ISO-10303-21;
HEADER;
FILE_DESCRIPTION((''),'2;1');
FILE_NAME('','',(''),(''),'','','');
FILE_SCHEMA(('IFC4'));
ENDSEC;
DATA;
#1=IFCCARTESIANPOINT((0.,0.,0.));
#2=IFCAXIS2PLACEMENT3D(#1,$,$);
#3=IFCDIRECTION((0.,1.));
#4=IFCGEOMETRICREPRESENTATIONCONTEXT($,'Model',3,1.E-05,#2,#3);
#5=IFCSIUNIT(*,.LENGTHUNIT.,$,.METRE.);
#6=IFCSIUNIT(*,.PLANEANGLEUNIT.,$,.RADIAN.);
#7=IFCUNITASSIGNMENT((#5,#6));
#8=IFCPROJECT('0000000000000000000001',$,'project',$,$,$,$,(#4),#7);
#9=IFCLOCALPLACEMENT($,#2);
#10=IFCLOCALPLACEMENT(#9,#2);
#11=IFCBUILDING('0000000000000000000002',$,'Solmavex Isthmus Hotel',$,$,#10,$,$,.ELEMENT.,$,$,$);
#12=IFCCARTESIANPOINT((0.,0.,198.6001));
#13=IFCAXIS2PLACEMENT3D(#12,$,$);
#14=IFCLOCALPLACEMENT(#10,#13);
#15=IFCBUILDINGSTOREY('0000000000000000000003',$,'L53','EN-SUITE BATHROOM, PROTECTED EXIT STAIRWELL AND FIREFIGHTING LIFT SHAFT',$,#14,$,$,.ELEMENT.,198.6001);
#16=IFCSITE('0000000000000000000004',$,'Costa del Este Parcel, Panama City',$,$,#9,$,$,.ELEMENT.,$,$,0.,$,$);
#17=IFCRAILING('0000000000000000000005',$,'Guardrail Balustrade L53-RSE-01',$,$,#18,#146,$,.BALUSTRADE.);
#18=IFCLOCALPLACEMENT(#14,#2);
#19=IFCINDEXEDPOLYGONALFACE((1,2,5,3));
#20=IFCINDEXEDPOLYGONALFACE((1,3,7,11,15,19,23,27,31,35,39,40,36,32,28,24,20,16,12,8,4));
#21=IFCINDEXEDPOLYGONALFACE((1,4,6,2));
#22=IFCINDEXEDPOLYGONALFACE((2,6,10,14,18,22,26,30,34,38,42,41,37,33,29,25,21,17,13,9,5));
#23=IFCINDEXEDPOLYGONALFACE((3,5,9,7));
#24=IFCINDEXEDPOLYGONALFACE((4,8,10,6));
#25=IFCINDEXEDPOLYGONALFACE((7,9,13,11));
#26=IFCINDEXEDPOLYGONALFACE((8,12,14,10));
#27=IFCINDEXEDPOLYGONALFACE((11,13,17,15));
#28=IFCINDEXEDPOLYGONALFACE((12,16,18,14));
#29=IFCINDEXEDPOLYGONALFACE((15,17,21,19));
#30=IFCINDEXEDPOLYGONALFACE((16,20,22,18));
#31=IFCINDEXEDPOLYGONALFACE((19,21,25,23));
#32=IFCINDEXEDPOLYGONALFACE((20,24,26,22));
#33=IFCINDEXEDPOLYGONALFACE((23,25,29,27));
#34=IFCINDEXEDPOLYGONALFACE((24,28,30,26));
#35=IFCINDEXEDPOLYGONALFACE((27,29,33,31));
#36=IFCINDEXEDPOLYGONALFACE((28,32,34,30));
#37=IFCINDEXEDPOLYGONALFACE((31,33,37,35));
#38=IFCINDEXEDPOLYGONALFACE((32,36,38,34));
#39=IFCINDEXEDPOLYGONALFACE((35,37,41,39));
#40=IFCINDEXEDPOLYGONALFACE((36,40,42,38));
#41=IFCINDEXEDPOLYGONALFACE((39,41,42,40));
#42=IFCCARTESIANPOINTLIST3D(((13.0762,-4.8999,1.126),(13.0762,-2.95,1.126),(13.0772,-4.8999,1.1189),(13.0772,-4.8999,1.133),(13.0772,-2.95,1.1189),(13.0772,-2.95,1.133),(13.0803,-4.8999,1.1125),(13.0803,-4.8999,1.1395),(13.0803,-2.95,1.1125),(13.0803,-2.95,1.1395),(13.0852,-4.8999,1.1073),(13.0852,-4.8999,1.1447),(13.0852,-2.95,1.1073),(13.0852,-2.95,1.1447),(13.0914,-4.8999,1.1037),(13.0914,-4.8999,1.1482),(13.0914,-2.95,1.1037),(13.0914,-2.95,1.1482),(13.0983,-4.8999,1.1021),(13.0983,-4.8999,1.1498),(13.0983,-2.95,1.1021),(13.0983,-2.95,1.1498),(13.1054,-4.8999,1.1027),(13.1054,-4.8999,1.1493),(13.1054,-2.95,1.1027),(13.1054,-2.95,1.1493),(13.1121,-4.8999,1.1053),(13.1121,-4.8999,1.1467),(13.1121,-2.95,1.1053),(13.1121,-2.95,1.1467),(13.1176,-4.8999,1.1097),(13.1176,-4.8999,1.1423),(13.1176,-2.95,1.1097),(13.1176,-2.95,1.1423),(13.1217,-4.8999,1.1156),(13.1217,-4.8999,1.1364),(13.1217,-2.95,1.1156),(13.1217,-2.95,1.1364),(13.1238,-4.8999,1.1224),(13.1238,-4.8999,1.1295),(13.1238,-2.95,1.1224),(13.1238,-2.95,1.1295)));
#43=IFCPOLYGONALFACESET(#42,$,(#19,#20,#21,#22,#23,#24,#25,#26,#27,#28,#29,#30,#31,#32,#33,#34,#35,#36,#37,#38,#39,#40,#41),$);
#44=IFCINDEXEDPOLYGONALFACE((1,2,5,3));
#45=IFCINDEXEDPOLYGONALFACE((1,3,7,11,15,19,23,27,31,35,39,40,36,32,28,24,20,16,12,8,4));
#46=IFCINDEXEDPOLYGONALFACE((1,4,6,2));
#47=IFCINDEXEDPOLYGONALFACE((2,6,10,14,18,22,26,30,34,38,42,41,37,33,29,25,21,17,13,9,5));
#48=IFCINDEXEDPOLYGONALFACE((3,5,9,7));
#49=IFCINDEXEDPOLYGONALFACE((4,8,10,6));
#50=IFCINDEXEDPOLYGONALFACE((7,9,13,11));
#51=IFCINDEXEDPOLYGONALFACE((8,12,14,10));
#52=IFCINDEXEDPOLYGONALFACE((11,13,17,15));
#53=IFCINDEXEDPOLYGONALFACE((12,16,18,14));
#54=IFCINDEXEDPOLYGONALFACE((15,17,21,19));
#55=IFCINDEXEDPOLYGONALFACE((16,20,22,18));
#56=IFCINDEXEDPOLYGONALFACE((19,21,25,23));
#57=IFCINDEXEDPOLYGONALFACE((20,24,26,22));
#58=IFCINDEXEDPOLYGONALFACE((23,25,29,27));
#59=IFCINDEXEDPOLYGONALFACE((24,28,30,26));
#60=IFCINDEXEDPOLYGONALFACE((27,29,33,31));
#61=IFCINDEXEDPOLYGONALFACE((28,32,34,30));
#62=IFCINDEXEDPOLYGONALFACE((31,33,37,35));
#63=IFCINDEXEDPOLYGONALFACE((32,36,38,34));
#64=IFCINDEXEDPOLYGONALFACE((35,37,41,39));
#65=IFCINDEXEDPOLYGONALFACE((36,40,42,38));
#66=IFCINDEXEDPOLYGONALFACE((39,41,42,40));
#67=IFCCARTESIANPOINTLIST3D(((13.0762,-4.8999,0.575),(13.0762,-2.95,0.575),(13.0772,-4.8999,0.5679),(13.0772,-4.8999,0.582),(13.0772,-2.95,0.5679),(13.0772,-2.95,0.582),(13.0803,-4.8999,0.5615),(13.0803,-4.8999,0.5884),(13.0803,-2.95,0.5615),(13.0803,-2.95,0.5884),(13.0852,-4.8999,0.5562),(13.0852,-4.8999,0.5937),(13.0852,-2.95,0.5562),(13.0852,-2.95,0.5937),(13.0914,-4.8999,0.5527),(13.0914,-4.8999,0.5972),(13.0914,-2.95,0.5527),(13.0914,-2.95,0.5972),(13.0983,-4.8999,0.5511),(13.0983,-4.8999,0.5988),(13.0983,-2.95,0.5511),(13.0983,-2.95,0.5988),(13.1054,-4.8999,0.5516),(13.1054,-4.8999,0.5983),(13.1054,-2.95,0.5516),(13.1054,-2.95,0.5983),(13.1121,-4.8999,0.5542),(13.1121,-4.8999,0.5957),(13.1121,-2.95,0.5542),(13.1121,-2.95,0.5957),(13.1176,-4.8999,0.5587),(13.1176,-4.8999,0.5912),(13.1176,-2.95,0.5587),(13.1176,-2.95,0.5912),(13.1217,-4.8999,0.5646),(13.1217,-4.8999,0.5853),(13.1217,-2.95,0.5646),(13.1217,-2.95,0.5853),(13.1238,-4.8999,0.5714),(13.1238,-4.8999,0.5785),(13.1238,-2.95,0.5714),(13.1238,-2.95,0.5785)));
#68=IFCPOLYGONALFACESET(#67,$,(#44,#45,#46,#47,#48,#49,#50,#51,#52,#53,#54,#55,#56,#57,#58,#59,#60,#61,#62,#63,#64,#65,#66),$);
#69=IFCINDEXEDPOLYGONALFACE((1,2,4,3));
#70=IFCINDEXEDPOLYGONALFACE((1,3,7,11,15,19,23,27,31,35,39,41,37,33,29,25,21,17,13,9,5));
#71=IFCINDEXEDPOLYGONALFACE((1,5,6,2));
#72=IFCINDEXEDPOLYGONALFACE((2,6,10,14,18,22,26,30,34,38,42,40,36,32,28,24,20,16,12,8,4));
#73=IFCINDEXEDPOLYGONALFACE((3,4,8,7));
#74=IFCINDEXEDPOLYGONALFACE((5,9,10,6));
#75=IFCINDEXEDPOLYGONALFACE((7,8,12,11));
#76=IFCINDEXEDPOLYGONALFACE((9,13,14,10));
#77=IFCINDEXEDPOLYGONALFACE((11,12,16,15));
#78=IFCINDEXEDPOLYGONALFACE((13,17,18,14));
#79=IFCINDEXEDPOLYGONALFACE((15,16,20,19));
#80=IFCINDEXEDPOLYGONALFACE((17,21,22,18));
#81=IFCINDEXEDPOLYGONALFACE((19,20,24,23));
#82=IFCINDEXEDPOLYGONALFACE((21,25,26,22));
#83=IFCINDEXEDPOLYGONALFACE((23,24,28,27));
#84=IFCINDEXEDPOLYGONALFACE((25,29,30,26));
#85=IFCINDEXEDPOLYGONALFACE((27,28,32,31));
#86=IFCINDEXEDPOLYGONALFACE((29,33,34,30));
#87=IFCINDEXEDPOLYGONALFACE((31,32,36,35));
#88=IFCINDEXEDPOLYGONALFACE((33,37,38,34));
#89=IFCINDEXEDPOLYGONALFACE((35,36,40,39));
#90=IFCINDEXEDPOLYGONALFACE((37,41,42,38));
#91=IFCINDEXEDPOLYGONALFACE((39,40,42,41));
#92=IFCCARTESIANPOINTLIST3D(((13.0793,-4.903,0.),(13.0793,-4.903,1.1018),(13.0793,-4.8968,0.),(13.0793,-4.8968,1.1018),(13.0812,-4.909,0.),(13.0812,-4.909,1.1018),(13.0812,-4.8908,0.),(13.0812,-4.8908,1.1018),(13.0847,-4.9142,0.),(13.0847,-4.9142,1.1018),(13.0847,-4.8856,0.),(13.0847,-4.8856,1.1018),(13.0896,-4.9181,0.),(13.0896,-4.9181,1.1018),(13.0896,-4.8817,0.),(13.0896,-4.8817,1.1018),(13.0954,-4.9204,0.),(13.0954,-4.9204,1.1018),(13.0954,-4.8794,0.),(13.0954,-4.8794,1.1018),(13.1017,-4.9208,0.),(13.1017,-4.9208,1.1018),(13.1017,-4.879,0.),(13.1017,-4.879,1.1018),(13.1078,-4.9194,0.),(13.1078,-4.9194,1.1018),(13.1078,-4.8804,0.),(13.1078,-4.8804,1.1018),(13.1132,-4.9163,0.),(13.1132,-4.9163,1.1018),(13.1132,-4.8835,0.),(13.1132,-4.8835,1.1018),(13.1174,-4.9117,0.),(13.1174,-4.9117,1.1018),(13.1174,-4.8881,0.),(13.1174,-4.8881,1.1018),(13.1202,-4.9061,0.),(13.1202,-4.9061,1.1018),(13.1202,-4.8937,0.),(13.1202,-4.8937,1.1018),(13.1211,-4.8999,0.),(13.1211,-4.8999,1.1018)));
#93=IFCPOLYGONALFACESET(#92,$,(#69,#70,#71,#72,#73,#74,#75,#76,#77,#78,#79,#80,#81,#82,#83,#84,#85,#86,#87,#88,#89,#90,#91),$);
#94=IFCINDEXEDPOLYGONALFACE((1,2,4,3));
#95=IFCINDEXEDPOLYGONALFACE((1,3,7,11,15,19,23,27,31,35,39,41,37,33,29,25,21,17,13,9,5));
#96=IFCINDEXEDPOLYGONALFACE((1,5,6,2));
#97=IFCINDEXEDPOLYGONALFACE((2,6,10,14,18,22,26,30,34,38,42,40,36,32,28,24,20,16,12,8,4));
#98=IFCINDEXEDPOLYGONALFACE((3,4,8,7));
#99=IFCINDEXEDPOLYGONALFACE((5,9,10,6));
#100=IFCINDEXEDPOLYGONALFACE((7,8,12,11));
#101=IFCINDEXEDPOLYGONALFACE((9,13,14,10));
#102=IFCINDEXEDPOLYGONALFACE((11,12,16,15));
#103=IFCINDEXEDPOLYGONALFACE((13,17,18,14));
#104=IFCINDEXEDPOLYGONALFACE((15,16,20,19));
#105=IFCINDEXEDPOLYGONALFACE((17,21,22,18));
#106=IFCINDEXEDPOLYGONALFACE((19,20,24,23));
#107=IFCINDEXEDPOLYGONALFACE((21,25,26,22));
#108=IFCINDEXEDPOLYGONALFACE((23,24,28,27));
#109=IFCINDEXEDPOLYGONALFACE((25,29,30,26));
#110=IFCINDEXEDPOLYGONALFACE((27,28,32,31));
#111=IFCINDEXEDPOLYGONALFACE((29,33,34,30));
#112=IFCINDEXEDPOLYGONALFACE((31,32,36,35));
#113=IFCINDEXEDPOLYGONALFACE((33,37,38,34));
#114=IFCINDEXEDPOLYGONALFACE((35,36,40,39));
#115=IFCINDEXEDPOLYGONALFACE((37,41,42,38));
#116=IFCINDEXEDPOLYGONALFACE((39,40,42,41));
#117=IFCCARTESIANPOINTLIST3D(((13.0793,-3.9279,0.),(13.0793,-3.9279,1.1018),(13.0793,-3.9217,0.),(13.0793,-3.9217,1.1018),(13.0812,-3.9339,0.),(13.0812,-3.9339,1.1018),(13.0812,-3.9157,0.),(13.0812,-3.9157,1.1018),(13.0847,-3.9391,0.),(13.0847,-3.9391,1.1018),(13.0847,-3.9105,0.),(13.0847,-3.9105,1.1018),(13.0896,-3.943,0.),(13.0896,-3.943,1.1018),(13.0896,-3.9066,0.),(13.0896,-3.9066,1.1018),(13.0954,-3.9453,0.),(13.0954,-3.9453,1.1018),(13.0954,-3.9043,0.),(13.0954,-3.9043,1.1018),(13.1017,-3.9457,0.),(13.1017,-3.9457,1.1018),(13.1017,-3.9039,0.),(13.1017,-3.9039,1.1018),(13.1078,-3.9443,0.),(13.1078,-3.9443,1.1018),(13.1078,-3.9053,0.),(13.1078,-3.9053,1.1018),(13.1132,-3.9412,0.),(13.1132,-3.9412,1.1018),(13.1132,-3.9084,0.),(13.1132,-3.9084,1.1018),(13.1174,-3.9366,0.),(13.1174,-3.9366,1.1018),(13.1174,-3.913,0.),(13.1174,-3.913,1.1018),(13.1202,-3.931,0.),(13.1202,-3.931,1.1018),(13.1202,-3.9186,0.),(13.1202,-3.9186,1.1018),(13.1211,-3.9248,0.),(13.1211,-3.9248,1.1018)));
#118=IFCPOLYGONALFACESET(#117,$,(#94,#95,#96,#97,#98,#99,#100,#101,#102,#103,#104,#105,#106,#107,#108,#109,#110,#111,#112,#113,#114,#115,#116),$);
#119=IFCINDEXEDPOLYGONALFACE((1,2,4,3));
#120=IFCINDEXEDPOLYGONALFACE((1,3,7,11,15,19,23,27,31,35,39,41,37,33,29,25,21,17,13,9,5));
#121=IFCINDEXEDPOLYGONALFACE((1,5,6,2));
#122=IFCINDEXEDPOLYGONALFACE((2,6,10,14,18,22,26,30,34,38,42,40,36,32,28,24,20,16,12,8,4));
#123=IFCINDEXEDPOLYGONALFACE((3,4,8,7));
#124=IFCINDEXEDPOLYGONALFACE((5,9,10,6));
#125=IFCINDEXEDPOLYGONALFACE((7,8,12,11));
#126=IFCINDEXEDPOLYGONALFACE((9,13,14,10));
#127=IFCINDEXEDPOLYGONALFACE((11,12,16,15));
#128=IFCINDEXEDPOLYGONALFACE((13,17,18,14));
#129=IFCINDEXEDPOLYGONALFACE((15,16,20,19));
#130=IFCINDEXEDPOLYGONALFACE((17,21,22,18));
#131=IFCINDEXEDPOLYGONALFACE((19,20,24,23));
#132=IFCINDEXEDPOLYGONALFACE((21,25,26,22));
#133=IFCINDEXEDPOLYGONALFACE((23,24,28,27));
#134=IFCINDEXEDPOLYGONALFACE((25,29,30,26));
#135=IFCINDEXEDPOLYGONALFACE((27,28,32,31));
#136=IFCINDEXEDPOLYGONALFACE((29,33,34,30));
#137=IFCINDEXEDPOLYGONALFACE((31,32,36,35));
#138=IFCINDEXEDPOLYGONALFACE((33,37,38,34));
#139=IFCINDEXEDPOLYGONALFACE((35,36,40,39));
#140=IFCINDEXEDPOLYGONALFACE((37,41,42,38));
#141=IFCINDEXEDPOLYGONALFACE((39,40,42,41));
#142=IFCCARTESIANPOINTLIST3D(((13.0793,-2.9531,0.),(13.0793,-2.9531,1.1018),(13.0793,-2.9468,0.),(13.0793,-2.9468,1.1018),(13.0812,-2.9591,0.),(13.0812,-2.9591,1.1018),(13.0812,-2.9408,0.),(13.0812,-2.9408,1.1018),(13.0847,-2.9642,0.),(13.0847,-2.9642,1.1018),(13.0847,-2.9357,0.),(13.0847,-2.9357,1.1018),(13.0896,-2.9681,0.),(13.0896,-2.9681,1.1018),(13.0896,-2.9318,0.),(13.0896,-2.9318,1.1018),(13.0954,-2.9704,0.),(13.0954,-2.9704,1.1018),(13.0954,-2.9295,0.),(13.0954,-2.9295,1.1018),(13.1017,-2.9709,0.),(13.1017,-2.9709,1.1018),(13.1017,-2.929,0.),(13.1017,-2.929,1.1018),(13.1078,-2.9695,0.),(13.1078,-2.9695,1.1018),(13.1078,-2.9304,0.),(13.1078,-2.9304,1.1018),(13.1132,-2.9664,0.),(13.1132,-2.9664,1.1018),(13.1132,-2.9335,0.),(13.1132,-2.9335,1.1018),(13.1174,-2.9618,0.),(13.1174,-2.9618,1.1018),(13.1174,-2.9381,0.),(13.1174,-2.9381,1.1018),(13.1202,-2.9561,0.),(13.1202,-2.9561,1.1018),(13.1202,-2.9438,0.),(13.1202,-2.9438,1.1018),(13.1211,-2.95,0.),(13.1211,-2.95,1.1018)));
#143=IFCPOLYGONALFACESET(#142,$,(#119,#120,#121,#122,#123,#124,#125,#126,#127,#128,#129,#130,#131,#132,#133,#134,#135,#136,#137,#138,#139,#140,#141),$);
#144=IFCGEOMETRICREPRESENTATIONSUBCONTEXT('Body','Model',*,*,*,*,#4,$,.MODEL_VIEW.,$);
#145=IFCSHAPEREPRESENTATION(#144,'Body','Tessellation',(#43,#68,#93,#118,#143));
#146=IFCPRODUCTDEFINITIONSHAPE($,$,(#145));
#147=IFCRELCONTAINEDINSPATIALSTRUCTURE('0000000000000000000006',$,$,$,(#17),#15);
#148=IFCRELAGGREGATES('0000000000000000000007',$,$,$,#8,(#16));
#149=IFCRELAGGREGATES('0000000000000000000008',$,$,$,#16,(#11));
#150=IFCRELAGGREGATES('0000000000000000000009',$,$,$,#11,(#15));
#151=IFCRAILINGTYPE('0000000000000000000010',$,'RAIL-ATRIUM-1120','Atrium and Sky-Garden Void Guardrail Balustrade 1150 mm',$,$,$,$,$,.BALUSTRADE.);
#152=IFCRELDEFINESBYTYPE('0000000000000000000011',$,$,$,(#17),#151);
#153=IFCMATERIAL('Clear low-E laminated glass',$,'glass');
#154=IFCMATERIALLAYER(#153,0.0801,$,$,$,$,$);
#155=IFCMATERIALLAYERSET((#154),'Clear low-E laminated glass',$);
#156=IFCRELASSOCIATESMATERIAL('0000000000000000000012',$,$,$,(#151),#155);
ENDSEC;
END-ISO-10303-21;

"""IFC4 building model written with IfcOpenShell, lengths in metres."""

from ifc_helpers import new_model, si_unit, direction, frame, origin, origin_2d, place, context, subcontext, project, spatial, circle, extrude, material, layer, layer_set, type_object, element, save


model = new_model("IFC4")

# Units and contexts
model_context = context("Model", 3, precision=1e-05, world=origin(), true_north=direction((0.0, 1.0)))
body_context = subcontext(model_context, "Body", "Model", "MODEL_VIEW")
ifc_project = project(units=[si_unit("LENGTHUNIT", "METRE"), si_unit("PLANEANGLEUNIT", "RADIAN")], contexts=[model_context])

# Site, building, storey
site_placement = place(None, origin())
site = spatial("IfcSite", under=ifc_project, at=site_placement, Name="Costa del Este Parcel, Panama City", CompositionType="ELEMENT", RefElevation=0.0)
building_placement = place(site_placement, origin())
building = spatial("IfcBuilding", under=site, at=building_placement, Name="Solmavex Isthmus Hotel", CompositionType="ELEMENT")
storey_placement = place(building_placement, frame((0.0, 0.0, 198.6001)))
storey = spatial("IfcBuildingStorey", under=building, at=storey_placement, Name="L53", Description="EN-SUITE BATHROOM, PROTECTED EXIT STAIRWELL AND FIREFIGHTING LIFT SHAFT", CompositionType="ELEMENT", Elevation=198.6001)

# Shared definitions
ifc_material_1 = material(Name="Clear low-E laminated glass", Category="glass")

# Railing
ifc_layer_1 = layer(ifc_material_1, 0.0801)
ifc_layer_set_1 = layer_set([ifc_layer_1], Name="Clear low-E laminated glass")
railing_type_1 = type_object("IfcRailingType", Name="RAIL-ATRIUM-1120", Description="Atrium and Sky-Garden Void Guardrail Balustrade 1150 mm", PredefinedType="BALUSTRADE", material=ifc_layer_set_1)
railing_1_placement = place(storey_placement, frame((13.1001, -4.8999, 0.0)))
element("IfcRailing", 1, at=railing_1_placement, inside=storey, type_object=railing_type_1, Name="Guardrail Balustrade L53-RSE-01", PredefinedType="BALUSTRADE", context=body_context, shape_type="SweptSolid", body=[
    extrude(circle(Radius=0.0239, at=origin_2d()), frame((0.0, 0.0, 1.126), z_axis=(0.0, 1.0, 0.0), x_axis=(-1.0, 0.0, 0.0)), (0.0, 0.0, 1.0), 1.95),
    extrude(circle(Radius=0.0239, at=origin_2d()), frame((0.0, 0.0, 0.575), z_axis=(0.0, 1.0, 0.0), x_axis=(-1.0, 0.0, 0.0)), (0.0, 0.0, 1.0), 1.95),
    extrude(circle(Radius=0.021, at=origin_2d()), origin(), (0.0, 0.0, 1.0), 1.1018),
    extrude(circle(Radius=0.021, at=origin_2d()), frame((0.0, 0.9751, 0.0)), (0.0, 0.0, 1.0), 1.1018),
    extrude(circle(Radius=0.021, at=origin_2d()), frame((0.0, 1.95, 0.0)), (0.0, 0.0, 1.0), 1.1018),
])

save(model, "model.ifc")
